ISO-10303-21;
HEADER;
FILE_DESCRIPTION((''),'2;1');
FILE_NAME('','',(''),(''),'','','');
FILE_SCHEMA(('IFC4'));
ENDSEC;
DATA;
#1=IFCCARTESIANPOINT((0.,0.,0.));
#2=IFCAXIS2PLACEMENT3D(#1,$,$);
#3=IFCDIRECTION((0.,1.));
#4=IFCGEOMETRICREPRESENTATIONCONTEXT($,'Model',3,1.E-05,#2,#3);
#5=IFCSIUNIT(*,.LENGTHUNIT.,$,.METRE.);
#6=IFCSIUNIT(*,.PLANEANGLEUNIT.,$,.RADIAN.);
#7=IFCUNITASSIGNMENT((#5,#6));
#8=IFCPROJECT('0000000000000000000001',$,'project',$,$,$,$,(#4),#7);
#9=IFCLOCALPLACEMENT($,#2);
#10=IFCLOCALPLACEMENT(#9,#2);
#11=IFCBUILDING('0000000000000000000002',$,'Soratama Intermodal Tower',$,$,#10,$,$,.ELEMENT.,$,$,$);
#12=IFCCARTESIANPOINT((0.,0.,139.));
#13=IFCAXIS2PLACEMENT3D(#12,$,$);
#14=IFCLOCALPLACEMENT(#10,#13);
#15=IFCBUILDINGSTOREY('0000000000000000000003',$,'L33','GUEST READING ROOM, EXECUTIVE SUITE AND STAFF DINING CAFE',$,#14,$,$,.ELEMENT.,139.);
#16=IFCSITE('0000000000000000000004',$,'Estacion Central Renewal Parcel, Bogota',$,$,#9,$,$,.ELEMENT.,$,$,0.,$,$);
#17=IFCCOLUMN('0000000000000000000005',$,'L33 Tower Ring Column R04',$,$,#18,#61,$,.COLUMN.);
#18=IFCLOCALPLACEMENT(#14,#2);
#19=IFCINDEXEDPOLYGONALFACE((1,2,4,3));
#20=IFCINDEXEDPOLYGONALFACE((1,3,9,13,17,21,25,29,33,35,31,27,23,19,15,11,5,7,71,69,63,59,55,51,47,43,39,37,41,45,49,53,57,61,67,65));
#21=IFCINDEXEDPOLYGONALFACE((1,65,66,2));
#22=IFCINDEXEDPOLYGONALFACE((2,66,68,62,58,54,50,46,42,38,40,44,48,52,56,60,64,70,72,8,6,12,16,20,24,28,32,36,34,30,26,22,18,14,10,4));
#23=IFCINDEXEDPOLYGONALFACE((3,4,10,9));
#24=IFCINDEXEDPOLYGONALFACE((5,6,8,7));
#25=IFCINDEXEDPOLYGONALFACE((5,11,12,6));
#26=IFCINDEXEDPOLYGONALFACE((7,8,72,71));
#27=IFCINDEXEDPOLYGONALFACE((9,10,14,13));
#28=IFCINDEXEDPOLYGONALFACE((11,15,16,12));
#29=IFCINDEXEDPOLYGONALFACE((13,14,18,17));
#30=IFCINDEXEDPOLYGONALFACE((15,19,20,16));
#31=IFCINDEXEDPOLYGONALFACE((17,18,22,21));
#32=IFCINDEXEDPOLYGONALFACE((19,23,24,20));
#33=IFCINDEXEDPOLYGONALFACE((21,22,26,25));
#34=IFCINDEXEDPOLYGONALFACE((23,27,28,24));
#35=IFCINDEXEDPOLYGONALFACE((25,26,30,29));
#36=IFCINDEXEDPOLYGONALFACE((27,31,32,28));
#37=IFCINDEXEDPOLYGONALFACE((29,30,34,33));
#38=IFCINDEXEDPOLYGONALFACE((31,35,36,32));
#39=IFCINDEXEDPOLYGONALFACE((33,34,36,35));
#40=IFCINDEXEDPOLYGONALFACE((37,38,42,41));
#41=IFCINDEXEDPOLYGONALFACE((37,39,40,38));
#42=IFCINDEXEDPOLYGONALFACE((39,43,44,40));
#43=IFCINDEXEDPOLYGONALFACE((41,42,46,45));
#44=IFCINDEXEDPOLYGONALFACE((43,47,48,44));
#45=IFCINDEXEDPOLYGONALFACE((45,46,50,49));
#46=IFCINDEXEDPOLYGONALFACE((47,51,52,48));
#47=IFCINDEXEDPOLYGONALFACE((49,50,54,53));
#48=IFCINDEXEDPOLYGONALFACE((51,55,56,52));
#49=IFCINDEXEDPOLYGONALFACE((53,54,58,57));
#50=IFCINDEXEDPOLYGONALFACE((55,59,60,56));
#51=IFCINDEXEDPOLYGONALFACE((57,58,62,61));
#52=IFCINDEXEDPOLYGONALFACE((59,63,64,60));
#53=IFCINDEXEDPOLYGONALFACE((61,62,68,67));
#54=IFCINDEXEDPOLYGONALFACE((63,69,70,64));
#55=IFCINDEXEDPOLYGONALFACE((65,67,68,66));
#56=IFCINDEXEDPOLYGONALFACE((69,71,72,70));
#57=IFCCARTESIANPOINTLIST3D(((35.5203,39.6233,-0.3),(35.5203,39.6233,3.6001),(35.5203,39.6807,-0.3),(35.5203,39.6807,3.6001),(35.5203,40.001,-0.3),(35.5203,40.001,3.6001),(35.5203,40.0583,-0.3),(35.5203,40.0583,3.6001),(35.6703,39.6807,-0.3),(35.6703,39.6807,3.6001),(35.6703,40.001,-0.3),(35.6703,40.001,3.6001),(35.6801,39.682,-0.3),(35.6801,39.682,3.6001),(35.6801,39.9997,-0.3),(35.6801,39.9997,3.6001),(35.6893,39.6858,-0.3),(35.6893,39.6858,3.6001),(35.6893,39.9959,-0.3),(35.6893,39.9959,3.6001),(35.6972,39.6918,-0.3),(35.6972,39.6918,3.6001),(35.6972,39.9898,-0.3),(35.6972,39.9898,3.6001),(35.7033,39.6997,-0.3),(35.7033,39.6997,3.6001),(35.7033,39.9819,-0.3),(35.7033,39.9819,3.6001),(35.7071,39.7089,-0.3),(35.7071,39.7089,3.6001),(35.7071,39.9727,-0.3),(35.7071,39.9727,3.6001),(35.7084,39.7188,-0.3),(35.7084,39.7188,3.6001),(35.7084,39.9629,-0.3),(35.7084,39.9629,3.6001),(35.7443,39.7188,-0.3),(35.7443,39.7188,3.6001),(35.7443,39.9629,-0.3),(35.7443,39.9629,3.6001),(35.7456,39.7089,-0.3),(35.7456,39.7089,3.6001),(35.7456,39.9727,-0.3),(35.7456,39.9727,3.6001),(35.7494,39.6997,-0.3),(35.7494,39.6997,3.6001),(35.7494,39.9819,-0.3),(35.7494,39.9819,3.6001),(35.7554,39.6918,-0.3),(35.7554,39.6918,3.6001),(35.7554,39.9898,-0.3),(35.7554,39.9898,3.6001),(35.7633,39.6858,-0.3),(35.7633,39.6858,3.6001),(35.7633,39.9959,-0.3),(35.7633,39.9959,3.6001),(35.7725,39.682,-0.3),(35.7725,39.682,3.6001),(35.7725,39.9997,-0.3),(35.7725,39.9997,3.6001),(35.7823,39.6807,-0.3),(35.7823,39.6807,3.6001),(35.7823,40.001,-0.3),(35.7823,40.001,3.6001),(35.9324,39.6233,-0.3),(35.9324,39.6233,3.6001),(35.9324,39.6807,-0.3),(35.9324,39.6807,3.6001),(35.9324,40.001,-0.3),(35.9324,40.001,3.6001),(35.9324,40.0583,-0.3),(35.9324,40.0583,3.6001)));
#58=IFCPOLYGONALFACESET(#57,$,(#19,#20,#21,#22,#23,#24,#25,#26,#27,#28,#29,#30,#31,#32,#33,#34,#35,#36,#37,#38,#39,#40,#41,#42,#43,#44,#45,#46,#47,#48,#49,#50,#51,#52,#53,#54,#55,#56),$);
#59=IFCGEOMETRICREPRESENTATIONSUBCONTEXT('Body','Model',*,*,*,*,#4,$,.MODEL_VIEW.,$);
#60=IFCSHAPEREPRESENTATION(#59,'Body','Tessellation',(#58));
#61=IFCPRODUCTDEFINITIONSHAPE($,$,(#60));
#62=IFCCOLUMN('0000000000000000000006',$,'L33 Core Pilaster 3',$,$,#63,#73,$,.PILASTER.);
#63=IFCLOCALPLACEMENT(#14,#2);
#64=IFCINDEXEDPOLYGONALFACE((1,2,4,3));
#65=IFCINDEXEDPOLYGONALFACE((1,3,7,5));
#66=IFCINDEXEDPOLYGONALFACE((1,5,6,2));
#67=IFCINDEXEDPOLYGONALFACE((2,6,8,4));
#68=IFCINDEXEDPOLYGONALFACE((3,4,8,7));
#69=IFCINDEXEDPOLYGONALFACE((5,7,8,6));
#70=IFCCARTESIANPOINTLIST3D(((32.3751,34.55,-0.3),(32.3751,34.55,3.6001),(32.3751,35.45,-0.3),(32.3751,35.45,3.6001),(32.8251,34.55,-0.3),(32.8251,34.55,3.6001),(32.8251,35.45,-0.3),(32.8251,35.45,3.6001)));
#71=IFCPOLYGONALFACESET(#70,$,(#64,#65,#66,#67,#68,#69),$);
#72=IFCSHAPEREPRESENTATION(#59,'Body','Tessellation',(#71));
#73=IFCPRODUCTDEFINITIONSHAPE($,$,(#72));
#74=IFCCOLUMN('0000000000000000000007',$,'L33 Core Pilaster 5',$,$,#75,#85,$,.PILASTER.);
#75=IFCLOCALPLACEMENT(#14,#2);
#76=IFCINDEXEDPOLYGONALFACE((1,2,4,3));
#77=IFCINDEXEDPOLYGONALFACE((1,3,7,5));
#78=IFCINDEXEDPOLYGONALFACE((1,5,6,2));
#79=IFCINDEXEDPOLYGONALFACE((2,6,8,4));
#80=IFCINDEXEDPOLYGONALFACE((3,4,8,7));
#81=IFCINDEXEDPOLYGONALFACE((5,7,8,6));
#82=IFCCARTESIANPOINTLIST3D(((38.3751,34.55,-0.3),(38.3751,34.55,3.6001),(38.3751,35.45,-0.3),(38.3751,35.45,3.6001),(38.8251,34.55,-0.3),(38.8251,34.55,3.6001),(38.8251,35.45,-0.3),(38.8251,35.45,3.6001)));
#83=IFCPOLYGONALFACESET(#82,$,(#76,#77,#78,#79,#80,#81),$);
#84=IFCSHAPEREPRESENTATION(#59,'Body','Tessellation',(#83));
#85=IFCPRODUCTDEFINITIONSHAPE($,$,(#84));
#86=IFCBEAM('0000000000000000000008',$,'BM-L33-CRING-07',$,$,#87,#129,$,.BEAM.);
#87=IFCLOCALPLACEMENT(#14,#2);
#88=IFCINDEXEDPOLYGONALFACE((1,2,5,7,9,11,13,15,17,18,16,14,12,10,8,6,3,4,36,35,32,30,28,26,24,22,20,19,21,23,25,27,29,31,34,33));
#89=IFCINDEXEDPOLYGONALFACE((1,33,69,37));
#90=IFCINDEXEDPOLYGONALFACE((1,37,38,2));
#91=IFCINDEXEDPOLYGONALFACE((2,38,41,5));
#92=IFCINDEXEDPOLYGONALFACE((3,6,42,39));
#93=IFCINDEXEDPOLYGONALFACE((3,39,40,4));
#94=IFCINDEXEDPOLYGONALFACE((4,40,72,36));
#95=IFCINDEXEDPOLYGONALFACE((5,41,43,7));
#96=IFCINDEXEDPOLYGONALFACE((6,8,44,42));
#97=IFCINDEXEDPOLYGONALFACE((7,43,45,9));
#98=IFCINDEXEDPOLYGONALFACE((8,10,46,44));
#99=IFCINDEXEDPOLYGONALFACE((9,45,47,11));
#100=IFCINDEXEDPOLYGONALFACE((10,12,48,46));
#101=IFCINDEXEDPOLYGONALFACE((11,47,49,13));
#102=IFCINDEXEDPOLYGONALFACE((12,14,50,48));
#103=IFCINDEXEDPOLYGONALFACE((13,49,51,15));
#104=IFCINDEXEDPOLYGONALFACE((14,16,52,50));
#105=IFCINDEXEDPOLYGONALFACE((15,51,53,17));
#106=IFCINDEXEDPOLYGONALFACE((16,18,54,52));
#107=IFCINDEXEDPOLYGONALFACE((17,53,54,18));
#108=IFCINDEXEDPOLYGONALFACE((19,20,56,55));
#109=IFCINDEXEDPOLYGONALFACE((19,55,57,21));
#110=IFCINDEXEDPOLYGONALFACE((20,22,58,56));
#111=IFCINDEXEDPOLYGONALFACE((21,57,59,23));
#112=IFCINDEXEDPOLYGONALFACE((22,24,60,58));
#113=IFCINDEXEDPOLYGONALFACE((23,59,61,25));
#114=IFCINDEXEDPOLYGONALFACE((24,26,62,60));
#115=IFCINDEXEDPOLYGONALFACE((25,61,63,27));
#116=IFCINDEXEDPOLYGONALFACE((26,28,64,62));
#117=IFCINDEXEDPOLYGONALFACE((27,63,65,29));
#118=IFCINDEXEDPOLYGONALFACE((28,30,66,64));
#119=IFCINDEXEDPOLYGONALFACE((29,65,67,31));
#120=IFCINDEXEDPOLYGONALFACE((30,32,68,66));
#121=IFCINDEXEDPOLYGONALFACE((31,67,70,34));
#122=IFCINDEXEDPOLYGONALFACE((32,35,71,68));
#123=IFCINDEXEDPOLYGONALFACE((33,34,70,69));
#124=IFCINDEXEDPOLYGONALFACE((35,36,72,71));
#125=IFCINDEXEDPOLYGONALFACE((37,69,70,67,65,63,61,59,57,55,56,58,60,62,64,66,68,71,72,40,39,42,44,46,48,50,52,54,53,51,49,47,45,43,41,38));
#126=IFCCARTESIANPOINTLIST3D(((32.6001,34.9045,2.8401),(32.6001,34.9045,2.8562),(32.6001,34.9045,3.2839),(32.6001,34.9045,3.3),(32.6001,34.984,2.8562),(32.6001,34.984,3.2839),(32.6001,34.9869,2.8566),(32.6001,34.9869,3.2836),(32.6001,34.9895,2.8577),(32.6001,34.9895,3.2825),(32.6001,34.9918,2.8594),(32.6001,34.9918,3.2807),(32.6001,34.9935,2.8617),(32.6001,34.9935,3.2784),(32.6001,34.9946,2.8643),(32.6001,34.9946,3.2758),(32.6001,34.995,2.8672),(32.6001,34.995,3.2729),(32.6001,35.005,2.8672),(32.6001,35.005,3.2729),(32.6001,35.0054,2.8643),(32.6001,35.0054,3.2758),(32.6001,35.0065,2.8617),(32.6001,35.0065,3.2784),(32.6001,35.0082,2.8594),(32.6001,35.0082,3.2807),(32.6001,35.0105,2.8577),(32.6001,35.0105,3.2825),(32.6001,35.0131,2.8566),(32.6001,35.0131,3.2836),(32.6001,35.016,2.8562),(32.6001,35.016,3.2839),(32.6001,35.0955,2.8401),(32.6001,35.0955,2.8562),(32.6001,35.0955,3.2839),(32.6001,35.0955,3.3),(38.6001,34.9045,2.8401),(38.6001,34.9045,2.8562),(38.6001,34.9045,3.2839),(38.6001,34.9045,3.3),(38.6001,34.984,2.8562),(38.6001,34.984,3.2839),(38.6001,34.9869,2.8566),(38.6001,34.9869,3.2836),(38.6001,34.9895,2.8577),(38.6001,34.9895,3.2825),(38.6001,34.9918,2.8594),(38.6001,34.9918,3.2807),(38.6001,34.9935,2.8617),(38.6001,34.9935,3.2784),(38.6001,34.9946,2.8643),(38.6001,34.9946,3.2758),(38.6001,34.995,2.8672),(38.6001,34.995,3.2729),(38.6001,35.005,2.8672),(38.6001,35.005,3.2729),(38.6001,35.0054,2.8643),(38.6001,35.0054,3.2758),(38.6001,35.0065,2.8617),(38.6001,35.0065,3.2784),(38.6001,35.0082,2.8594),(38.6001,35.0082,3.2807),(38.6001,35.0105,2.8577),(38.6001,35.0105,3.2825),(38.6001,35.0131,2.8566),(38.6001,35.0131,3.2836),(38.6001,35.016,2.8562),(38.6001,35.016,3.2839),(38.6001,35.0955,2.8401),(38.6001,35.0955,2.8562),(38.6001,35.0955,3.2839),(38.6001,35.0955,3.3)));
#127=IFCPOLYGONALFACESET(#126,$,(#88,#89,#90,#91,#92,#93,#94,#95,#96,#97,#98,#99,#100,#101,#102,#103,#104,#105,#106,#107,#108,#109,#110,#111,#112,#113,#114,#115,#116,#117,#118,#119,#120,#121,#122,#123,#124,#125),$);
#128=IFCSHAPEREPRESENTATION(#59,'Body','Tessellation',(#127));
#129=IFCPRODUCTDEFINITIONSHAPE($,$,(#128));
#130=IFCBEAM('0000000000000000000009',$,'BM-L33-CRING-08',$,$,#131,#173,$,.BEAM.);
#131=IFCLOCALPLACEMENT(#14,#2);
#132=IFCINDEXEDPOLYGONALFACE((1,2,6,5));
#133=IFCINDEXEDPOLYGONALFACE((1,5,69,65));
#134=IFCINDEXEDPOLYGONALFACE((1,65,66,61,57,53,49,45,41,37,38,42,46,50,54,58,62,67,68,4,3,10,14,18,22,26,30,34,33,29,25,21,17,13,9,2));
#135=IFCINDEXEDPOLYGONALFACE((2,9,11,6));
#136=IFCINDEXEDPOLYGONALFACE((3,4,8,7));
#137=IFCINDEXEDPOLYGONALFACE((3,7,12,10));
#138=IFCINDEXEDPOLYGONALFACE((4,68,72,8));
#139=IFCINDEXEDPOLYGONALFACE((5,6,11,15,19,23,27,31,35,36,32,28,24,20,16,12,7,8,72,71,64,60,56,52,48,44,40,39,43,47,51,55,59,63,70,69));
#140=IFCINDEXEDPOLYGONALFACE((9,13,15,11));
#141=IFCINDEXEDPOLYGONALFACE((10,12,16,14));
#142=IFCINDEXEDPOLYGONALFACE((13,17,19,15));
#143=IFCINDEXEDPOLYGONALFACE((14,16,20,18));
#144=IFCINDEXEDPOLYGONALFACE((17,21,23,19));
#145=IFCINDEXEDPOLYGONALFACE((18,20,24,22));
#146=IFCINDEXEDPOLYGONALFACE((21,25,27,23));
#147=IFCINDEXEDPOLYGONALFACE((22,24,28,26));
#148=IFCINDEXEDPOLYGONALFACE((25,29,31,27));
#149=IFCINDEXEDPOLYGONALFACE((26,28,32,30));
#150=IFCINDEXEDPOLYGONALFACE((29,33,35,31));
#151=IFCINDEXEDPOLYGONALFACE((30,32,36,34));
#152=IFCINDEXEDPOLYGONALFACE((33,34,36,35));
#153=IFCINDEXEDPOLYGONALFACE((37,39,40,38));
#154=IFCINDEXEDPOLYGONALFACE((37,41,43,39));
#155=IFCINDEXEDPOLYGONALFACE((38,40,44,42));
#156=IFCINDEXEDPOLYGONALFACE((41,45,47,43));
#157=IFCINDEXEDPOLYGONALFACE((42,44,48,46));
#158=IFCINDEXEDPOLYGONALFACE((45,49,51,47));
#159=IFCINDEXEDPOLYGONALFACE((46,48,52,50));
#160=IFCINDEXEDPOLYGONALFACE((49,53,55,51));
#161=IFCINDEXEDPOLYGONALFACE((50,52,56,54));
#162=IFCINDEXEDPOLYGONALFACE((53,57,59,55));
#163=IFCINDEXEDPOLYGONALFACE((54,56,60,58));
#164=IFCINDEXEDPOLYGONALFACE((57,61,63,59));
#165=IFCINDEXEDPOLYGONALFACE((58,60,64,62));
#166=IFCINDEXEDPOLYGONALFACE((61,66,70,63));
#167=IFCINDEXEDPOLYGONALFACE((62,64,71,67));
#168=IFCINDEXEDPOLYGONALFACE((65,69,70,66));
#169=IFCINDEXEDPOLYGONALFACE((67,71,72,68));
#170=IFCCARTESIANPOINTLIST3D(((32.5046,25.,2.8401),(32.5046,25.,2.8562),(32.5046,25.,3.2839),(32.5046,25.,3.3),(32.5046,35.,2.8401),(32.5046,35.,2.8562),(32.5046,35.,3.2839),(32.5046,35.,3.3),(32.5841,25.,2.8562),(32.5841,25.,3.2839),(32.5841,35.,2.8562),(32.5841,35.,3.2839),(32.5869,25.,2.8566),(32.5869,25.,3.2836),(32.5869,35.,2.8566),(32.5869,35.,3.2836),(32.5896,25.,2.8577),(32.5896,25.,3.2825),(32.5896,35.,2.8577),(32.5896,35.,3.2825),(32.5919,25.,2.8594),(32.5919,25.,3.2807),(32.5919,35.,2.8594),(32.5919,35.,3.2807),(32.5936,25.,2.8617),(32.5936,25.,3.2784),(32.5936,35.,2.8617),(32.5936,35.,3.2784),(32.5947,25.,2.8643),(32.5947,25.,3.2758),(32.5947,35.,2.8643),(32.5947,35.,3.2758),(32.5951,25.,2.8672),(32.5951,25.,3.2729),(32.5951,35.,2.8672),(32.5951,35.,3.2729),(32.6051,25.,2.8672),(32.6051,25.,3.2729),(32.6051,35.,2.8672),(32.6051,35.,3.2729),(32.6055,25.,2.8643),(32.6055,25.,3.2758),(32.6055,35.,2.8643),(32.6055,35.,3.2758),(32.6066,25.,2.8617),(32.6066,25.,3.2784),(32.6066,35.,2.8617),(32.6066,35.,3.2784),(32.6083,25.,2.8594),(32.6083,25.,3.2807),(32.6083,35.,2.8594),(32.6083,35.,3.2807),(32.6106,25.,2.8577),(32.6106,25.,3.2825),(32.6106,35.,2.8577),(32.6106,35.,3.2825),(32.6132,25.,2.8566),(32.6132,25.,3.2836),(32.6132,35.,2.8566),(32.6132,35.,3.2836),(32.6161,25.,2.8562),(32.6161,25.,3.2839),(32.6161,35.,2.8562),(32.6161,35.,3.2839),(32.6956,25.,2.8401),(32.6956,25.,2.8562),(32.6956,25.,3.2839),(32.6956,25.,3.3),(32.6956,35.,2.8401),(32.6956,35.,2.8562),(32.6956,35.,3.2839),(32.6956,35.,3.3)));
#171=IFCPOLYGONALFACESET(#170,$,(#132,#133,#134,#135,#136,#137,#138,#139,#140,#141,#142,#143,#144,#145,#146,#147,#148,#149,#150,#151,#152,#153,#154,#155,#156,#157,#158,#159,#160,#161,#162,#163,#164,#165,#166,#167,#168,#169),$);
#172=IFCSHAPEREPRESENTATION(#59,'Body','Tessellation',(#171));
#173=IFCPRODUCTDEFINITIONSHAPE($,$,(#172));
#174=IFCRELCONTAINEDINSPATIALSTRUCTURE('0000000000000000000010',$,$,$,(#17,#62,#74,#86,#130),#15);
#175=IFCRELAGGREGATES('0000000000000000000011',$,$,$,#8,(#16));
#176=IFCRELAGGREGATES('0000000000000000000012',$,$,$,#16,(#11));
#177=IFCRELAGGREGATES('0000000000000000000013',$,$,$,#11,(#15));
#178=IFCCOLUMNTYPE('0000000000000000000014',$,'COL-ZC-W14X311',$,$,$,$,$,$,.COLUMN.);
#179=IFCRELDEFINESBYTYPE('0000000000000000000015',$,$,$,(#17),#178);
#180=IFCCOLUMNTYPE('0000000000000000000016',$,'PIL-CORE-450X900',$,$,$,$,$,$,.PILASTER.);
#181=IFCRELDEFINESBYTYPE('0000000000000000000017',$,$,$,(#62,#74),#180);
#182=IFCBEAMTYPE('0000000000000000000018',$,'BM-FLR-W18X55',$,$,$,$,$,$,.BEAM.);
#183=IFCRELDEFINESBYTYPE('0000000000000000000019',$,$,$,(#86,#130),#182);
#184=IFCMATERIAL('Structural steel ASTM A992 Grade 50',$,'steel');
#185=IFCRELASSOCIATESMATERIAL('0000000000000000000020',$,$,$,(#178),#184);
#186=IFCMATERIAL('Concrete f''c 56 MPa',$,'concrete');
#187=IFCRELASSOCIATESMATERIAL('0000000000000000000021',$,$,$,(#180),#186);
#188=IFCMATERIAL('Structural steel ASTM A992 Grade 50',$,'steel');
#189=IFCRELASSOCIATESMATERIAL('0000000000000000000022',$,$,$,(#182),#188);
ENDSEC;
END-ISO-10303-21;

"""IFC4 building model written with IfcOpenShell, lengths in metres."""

from ifc_helpers import new_model, si_unit, direction, frame, origin, origin_2d, place, context, subcontext, project, spatial, rectangle, i_section, extrude, material, material_profile, profile_set, type_object, element, save


model = new_model("IFC4")

# Units and contexts
model_context = context("Model", 3, precision=1e-05, world=origin(), true_north=direction((0.0, 1.0)))
body_context = subcontext(model_context, "Body", "Model", "MODEL_VIEW")
ifc_project = project(units=[si_unit("LENGTHUNIT", "METRE"), si_unit("PLANEANGLEUNIT", "RADIAN")], contexts=[model_context])

# Site, building, storey
site_placement = place(None, origin())
site = spatial("IfcSite", under=ifc_project, at=site_placement, Name="Estacion Central Renewal Parcel, Bogota", CompositionType="ELEMENT", RefElevation=0.0)
building_placement = place(site_placement, origin())
building = spatial("IfcBuilding", under=site, at=building_placement, Name="Soratama Intermodal Tower", CompositionType="ELEMENT")
storey_placement = place(building_placement, frame((0.0, 0.0, 139.0)))
storey = spatial("IfcBuildingStorey", under=building, at=storey_placement, Name="L33", Description="GUEST READING ROOM, EXECUTIVE SUITE AND STAFF DINING CAFE", CompositionType="ELEMENT", Elevation=139.0)

# Columns
ifc_material_1 = material(Name="Structural steel ASTM A992 Grade 50", Category="steel")
ifc_material_profile_1 = material_profile(ifc_material_1, i_section(OverallWidth=0.4121, OverallDepth=0.4351, WebThickness=0.0359, FlangeThickness=0.0574, FilletRadius=0.0381, at=origin_2d()), Name="W14X311")
ifc_profile_set_1 = profile_set([ifc_material_profile_1], Name="Structural steel ASTM A992 Grade 50")
column_type_1 = type_object("IfcColumnType", Name="COL-ZC-W14X311", PredefinedType="COLUMN", material=ifc_profile_set_1)
column_placement = place(storey_placement, frame((35.7263, 39.8408, -0.3), z_axis=(0.0, 0.0, 1.0), x_axis=(1.0, 0.0, 0.0)))
element("IfcColumn", 1, at=column_placement, inside=storey, type_object=column_type_1, Name="L33 Tower Ring Column R04", PredefinedType="COLUMN", context=body_context, shape_type="SweptSolid", body=[
    extrude(i_section(OverallWidth=0.4121, OverallDepth=0.4351, WebThickness=0.0359, FlangeThickness=0.0574, FilletRadius=0.0381, at=origin_2d()), origin(), (0.0, 0.0, 1.0), 3.9001),
])
ifc_material_2 = material(Name="Concrete f'c 56 MPa", Category="concrete")
ifc_material_profile_2 = material_profile(ifc_material_2, rectangle(XDim=0.45, YDim=0.8999, at=origin_2d()), Name="RC450X900")
ifc_profile_set_2 = profile_set([ifc_material_profile_2], Name="Concrete f'c 56 MPa")
column_type_2 = type_object("IfcColumnType", Name="PIL-CORE-450X900", PredefinedType="PILASTER", material=ifc_profile_set_2)
for number, where, z_axis, x_axis, name in (
    (2, (32.6001, 35.0, -0.3), (0.0, 0.0, 1.0), (1.0, 0.0, 0.0), "L33 Core Pilaster 3"),
    (3, (38.6001, 35.0, -0.3), (0.0, 0.0, 1.0), (1.0, 0.0, 0.0), "L33 Core Pilaster 5"),
):
    element("IfcColumn", number, at=place(storey_placement, frame(where, z_axis=z_axis, x_axis=x_axis)), inside=storey, type_object=column_type_2, Name=name, PredefinedType="PILASTER", context=body_context, shape_type="SweptSolid", body=[
        extrude(rectangle(XDim=0.45, YDim=0.8999, at=origin_2d()), origin(), (0.0, 0.0, 1.0), 3.9001),
    ])

# Beams
ifc_material_3 = material(Name="Structural steel ASTM A992 Grade 50", Category="steel")
ifc_material_profile_3 = material_profile(ifc_material_3, i_section(OverallWidth=0.1909, OverallDepth=0.46, WebThickness=0.01, FlangeThickness=0.0161, FilletRadius=0.011, at=origin_2d()), Name="W18X55")
ifc_profile_set_3 = profile_set([ifc_material_profile_3], Name="Structural steel ASTM A992 Grade 50")
beam_type_1 = type_object("IfcBeamType", Name="BM-FLR-W18X55", PredefinedType="BEAM", material=ifc_profile_set_3)
beam_1_placement = place(storey_placement, frame((38.6001, 35.0, 3.0701), z_axis=(-1.0, 0.0, 0.0), x_axis=(0.0, -1.0, 0.0)))
element("IfcBeam", 4, at=beam_1_placement, inside=storey, type_object=beam_type_1, Name="BM-L33-CRING-07", PredefinedType="BEAM", context=body_context, shape_type="SweptSolid", body=[
    extrude(i_section(OverallWidth=0.1909, OverallDepth=0.46, WebThickness=0.01, FlangeThickness=0.0161, FilletRadius=0.011, at=origin_2d()), origin(), (0.0, 0.0, 1.0), 6.0),
])
beam_2_placement = place(storey_placement, frame((32.6001, 35.0, 3.0701), z_axis=(0.0, -1.0, 0.0), x_axis=(1.0, 0.0, 0.0)))
element("IfcBeam", 5, at=beam_2_placement, inside=storey, type_object=beam_type_1, Name="BM-L33-CRING-08", PredefinedType="BEAM", context=body_context, shape_type="SweptSolid", body=[
    extrude(i_section(OverallWidth=0.1909, OverallDepth=0.46, WebThickness=0.01, FlangeThickness=0.0161, FilletRadius=0.011, at=origin_2d()), origin(), (0.0, 0.0, 1.0), 10.0),
])

save(model, "model.ifc")
